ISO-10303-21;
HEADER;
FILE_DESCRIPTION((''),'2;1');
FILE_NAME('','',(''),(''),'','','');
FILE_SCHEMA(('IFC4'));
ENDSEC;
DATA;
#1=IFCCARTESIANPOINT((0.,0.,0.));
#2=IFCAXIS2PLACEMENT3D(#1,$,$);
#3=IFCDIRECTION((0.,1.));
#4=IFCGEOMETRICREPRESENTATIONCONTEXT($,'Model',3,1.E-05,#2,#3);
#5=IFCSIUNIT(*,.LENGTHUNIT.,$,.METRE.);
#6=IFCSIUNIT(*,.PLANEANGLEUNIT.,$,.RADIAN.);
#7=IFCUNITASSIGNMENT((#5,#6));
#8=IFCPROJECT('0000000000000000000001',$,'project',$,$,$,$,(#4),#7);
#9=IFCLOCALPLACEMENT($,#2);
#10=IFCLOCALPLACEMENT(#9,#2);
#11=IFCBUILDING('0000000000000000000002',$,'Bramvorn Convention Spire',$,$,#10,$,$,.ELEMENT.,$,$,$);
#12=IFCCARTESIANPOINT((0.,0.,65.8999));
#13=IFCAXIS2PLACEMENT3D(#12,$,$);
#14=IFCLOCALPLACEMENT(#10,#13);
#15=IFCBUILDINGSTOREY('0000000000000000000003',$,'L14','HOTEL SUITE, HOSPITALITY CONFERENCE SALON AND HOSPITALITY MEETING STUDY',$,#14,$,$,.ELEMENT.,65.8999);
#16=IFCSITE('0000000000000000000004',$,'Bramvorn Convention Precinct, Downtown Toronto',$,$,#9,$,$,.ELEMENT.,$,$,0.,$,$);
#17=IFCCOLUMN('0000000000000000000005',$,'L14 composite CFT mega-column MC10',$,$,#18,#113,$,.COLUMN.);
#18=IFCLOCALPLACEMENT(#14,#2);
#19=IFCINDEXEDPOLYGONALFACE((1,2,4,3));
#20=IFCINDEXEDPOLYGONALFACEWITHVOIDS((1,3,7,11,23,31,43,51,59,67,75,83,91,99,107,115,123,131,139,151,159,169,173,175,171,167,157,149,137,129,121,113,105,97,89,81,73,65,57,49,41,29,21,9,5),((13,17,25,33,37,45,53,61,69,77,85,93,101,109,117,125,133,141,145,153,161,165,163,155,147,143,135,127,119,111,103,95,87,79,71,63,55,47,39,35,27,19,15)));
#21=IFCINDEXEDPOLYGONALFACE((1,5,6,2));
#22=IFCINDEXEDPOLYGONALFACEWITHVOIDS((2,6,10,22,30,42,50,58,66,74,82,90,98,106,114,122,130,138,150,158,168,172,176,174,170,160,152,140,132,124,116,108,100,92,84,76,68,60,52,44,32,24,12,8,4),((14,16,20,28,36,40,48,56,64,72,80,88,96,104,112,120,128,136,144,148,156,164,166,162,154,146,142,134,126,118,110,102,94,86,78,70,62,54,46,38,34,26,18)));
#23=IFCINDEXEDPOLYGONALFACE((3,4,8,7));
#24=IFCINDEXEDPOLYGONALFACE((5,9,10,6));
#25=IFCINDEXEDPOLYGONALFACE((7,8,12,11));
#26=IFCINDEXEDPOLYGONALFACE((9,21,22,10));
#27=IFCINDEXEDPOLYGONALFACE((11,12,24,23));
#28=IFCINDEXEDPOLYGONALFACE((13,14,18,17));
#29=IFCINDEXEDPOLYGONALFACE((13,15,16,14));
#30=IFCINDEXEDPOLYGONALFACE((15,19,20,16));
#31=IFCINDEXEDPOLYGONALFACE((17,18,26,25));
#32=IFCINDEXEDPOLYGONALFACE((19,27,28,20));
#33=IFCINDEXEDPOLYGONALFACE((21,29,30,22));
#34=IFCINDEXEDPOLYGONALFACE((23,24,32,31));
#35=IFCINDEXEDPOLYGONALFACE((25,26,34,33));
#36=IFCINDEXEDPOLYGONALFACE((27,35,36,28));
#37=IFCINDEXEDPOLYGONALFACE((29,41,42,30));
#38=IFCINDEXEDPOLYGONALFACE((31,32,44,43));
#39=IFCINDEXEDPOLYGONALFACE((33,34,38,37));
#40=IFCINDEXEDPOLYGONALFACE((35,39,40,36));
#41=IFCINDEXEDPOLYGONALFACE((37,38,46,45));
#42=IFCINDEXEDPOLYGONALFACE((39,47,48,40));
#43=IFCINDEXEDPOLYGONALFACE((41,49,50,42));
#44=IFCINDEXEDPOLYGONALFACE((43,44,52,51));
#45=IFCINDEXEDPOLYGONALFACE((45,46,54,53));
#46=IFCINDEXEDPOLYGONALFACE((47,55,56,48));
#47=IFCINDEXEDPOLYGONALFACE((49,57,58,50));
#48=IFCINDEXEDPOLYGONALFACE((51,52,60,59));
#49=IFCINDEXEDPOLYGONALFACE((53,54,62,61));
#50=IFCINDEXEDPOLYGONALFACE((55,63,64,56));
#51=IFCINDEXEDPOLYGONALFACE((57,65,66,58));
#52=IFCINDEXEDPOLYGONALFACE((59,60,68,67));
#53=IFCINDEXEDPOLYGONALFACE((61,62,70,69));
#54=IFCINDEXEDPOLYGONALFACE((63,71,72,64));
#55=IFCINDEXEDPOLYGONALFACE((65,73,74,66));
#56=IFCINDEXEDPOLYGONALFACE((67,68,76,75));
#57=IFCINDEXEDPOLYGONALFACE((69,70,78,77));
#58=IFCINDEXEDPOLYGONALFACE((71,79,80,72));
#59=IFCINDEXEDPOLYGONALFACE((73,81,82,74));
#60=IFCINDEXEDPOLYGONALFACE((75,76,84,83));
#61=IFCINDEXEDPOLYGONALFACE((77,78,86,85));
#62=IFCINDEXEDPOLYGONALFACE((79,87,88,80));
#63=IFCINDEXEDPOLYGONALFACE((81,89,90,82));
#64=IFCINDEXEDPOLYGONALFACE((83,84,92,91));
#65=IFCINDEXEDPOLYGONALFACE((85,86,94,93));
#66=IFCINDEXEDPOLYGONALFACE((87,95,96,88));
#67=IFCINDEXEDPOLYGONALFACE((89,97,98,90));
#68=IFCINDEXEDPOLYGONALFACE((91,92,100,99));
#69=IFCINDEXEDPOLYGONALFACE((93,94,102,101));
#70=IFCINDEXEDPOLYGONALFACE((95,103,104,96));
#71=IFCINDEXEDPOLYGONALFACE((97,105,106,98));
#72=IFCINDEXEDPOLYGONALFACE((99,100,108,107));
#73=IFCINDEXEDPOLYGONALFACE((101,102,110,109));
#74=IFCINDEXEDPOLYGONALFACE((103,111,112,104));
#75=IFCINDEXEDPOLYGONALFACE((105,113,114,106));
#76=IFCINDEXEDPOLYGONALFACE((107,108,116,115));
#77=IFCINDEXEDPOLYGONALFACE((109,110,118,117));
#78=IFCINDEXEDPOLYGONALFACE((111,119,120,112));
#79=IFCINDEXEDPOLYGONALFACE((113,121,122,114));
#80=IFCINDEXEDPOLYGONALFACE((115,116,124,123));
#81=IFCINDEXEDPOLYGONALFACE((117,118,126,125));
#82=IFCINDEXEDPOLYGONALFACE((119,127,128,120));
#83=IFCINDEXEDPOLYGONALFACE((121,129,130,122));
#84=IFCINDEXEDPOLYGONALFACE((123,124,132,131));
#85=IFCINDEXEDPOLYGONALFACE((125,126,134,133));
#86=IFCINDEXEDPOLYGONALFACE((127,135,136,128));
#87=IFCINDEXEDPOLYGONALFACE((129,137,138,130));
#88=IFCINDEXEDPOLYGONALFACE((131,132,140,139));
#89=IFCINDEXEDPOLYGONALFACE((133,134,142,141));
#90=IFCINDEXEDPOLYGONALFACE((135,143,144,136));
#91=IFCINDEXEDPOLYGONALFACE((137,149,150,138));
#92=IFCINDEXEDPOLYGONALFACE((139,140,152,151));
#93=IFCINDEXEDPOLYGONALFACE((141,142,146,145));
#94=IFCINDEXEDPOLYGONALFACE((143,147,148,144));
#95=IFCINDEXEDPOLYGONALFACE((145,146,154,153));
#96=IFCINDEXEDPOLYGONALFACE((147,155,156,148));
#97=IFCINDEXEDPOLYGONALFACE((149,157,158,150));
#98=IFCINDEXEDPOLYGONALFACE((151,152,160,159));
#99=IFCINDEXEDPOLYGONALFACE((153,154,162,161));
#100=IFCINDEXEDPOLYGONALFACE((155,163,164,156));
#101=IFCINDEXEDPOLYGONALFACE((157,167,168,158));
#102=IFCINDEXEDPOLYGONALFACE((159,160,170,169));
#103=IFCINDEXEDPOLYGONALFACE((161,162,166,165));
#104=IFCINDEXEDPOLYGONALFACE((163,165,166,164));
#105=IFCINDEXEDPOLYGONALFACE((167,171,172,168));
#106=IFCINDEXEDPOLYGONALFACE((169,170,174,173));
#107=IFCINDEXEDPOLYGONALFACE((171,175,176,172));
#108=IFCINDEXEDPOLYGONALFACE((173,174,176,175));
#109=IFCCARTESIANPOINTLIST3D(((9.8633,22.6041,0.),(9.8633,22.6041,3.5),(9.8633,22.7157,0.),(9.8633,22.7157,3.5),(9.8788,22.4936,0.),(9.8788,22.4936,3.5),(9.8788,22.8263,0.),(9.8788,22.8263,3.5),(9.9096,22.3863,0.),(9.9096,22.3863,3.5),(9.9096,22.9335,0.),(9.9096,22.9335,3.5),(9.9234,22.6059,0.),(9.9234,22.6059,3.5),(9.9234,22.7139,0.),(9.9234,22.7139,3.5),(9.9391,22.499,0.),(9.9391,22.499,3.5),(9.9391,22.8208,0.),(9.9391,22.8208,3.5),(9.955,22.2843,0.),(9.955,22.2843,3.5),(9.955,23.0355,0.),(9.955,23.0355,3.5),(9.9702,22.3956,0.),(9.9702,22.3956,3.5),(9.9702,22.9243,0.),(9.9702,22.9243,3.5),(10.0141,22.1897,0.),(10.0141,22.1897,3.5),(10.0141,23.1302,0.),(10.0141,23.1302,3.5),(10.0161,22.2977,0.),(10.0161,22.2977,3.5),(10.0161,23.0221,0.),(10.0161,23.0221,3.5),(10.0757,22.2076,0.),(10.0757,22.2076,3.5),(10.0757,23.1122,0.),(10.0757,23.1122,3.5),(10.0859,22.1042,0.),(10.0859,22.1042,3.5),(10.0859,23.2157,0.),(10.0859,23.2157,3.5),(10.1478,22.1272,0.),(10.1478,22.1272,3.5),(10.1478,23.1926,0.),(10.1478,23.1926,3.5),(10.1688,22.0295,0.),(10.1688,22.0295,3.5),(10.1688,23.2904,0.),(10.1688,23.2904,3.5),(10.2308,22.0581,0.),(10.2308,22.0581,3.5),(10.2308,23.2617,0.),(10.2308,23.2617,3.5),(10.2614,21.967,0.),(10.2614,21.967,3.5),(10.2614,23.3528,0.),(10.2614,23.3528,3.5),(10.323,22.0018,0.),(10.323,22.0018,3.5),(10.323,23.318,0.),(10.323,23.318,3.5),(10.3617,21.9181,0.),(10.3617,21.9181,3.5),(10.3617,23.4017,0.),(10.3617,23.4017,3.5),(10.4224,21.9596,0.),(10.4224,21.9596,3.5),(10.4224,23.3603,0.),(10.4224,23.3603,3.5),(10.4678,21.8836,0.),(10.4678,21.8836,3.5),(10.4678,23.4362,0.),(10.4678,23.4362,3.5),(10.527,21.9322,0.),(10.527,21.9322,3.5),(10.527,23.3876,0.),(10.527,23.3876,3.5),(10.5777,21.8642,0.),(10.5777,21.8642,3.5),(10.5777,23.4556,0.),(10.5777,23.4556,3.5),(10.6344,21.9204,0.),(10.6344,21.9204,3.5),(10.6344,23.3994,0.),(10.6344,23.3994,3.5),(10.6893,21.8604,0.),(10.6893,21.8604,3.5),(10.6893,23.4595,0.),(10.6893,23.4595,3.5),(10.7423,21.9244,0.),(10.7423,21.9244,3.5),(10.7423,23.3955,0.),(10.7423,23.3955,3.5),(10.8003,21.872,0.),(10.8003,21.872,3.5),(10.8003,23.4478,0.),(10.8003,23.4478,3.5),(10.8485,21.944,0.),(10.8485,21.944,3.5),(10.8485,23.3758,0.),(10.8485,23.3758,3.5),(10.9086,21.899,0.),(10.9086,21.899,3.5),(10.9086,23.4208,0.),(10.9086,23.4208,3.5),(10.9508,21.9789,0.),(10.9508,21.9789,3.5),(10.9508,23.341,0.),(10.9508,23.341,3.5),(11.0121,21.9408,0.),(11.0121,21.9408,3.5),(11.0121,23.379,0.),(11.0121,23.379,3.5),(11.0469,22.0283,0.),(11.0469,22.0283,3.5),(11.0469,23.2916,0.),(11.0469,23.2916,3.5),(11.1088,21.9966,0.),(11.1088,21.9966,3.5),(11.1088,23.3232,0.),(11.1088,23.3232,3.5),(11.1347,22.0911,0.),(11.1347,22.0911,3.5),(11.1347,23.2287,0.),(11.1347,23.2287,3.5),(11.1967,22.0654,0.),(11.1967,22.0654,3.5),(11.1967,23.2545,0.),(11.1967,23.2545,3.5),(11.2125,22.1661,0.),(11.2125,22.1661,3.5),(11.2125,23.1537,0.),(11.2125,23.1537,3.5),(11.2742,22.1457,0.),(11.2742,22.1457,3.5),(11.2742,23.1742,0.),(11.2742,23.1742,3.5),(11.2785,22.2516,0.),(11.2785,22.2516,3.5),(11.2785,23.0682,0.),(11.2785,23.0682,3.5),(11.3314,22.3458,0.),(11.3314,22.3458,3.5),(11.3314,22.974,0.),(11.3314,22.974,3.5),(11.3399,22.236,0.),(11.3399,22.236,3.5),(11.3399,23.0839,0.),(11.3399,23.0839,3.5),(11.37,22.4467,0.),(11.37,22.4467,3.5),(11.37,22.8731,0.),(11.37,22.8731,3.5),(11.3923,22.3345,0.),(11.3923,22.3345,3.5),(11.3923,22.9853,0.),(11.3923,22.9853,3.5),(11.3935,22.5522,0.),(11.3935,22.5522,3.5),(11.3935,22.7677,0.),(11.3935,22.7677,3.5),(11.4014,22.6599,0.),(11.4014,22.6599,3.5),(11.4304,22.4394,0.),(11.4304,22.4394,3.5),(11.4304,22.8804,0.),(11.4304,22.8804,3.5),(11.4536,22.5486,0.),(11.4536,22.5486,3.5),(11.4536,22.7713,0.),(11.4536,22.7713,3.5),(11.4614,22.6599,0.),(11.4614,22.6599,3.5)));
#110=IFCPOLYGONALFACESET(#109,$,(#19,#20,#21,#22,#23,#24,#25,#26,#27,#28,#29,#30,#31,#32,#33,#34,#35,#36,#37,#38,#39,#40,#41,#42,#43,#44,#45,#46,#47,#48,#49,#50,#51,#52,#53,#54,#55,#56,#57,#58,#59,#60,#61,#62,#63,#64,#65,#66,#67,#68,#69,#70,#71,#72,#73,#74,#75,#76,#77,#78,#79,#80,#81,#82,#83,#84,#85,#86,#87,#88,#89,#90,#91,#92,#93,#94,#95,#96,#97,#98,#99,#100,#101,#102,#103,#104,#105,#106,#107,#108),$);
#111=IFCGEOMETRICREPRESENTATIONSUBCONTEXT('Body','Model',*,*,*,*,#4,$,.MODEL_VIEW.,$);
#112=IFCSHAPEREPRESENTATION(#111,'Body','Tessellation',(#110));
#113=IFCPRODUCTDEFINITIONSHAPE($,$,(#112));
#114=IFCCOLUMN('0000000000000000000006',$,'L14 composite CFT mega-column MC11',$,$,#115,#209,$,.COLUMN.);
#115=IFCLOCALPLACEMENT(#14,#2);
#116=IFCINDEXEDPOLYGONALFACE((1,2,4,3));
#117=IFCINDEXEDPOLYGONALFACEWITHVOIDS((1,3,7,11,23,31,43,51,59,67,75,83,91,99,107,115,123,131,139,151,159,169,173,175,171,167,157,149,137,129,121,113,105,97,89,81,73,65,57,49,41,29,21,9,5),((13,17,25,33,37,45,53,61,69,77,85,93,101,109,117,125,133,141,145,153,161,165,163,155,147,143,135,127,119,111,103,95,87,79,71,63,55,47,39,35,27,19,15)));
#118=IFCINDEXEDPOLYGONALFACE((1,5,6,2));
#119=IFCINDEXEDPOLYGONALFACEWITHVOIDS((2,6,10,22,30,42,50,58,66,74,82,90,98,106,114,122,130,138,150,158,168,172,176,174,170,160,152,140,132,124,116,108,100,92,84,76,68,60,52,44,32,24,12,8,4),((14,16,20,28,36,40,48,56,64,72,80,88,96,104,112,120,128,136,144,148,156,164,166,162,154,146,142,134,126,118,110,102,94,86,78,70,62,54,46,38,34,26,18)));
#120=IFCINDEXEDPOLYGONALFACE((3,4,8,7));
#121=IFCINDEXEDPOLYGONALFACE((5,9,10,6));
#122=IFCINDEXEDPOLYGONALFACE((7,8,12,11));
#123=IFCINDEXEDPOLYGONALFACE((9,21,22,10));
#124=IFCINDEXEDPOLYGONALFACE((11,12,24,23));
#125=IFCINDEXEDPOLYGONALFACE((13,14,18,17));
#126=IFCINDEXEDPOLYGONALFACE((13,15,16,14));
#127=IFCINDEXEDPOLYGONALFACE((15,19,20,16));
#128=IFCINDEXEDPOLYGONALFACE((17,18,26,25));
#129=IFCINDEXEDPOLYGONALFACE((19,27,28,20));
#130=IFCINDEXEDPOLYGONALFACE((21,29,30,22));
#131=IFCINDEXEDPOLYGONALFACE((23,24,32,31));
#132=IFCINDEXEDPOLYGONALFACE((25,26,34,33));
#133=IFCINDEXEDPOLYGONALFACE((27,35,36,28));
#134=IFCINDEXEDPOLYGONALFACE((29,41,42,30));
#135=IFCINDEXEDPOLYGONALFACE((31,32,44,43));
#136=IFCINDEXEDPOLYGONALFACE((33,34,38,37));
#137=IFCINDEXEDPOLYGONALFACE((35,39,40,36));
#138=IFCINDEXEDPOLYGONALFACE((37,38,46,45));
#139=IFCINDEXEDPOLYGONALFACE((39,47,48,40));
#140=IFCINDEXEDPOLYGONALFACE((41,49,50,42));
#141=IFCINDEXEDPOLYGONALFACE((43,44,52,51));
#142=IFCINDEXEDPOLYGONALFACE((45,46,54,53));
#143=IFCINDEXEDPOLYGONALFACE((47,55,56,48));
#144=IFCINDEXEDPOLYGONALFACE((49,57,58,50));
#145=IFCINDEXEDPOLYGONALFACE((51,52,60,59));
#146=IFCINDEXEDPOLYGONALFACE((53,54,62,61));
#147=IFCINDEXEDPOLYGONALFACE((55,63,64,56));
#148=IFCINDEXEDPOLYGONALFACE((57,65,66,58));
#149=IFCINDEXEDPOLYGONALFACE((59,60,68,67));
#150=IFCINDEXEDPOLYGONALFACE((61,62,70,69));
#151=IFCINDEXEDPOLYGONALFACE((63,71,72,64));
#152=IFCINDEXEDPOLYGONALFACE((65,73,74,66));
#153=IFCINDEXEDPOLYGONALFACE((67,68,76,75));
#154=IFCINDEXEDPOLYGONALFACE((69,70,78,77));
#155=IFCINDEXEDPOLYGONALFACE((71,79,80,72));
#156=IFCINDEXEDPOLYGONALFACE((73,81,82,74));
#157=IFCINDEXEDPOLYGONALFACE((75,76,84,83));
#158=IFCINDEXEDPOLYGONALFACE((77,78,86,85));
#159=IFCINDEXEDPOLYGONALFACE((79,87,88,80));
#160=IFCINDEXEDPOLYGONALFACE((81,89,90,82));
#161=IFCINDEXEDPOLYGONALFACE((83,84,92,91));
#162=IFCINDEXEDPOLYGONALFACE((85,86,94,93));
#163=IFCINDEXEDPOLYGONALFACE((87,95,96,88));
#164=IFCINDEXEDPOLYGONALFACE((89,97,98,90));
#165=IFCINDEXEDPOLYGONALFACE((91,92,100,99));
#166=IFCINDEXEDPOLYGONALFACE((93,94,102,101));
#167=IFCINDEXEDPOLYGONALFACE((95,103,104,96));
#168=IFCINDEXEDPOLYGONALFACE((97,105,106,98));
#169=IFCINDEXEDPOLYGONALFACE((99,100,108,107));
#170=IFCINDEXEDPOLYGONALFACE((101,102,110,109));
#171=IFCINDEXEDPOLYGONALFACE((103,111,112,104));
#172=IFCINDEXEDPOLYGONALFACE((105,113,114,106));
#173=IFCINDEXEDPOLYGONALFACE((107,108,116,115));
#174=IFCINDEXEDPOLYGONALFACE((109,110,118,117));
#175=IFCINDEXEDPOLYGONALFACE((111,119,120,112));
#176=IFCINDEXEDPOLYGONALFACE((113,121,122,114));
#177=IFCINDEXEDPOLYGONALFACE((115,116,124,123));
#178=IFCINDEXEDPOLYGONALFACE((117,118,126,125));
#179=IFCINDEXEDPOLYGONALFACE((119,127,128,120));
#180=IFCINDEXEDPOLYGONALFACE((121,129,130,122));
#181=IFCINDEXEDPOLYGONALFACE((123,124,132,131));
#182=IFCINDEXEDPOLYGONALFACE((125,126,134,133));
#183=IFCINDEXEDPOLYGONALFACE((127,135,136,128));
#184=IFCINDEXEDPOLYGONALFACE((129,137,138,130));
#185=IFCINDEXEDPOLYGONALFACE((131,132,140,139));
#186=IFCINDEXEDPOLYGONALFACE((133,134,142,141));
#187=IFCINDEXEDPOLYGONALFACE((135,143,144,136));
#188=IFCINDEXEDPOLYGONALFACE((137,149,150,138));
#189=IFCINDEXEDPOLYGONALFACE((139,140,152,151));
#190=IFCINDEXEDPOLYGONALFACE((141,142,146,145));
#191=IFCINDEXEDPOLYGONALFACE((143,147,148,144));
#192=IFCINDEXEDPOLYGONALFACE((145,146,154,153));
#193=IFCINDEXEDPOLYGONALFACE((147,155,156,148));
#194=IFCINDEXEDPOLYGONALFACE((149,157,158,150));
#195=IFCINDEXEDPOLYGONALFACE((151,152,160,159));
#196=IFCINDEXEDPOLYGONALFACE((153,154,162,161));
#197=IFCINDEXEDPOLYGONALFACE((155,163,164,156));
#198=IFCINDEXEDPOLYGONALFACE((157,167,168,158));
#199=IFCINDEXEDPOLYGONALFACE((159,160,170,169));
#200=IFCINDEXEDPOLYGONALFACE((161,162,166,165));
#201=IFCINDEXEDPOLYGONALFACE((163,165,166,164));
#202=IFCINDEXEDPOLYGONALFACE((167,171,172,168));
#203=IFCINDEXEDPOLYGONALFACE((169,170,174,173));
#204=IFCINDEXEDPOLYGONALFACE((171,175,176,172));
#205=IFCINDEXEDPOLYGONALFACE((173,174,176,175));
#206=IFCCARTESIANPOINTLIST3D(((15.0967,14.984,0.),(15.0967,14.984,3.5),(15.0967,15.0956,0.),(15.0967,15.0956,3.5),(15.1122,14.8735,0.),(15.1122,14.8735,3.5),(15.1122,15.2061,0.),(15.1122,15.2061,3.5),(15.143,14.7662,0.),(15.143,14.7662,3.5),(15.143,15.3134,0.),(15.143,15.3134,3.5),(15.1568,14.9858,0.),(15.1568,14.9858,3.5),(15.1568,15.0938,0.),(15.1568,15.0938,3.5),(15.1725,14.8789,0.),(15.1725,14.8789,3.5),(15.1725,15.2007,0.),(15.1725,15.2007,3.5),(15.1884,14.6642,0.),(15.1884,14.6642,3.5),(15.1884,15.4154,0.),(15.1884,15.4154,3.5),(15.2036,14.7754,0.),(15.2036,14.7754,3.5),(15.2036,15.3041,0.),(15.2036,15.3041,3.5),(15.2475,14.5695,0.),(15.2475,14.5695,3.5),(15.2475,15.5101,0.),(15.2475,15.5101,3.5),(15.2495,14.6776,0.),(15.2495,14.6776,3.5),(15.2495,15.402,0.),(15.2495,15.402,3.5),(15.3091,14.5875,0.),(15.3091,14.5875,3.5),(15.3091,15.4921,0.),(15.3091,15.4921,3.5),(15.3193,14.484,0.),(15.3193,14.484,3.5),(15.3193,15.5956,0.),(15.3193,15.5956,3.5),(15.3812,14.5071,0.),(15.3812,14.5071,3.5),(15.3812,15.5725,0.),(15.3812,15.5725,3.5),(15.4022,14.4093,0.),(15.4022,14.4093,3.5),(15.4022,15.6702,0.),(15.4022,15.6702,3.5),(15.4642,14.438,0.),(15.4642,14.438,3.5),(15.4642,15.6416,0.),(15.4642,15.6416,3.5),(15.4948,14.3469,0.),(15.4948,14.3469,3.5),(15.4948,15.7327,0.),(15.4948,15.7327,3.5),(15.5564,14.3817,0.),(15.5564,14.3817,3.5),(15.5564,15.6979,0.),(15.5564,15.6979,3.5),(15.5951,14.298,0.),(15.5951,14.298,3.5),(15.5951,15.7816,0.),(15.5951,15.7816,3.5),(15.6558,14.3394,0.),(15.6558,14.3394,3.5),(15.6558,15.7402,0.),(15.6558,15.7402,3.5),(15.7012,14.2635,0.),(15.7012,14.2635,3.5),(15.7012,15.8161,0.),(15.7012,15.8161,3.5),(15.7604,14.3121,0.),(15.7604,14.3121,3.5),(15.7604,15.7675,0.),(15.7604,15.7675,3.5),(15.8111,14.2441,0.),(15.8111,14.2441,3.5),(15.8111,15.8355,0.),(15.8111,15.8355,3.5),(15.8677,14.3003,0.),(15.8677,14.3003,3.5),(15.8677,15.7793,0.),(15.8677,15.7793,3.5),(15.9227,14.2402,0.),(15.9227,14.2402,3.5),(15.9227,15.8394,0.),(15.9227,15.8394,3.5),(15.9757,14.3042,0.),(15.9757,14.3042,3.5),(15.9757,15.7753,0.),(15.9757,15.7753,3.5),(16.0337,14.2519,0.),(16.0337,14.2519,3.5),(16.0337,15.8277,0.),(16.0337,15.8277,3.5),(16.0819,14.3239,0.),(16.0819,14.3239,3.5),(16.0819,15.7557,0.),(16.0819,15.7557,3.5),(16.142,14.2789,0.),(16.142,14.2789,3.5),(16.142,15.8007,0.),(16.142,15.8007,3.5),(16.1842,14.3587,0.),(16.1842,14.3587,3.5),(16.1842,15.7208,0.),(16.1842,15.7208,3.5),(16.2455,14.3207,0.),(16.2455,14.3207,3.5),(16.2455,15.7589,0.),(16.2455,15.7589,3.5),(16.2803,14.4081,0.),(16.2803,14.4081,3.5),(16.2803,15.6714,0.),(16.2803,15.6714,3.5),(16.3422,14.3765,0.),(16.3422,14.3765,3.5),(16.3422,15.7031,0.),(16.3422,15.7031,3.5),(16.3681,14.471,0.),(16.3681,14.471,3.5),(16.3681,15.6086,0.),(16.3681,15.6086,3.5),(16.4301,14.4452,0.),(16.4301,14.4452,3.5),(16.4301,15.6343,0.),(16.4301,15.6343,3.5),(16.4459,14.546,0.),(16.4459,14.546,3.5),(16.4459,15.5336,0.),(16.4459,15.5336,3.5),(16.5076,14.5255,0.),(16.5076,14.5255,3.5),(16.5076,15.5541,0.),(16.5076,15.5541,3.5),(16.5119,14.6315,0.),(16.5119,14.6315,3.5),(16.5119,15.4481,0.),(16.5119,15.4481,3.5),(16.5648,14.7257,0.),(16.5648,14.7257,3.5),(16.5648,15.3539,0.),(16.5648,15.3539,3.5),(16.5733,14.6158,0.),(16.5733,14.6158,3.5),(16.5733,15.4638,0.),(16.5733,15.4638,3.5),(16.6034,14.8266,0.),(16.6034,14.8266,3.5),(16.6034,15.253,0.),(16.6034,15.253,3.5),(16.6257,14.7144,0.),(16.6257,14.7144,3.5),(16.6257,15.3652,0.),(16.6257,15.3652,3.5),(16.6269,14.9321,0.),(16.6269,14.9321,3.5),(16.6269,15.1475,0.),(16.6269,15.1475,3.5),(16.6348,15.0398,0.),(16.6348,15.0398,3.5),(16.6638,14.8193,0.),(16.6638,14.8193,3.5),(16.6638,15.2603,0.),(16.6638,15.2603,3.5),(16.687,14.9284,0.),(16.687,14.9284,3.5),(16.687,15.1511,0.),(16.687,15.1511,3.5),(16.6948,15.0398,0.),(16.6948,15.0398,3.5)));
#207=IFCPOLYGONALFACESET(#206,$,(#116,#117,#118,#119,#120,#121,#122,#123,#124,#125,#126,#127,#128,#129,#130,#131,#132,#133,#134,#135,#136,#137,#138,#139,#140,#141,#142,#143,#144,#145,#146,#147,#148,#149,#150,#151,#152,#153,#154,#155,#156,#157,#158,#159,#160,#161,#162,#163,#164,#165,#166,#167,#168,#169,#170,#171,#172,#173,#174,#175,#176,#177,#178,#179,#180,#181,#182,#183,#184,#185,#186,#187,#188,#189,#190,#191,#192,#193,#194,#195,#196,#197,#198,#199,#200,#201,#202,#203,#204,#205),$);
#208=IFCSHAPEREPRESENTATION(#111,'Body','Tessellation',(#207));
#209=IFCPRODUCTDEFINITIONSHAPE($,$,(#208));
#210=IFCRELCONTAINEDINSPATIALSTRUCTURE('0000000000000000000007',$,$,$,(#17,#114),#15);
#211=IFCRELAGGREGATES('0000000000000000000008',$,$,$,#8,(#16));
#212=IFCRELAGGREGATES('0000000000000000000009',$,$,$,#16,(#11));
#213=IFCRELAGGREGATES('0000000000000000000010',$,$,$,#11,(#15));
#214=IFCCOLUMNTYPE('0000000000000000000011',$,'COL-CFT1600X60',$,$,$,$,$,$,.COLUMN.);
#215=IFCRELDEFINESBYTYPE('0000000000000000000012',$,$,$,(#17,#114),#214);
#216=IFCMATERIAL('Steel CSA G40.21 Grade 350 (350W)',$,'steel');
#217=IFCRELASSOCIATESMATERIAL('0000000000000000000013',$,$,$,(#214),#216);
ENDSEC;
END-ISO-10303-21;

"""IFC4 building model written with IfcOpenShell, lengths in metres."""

from ifc_helpers import new_model, si_unit, direction, frame, origin, origin_2d, place, context, subcontext, project, spatial, hollow_circle, extrude, material, material_profile, profile_set, type_object, element, save


model = new_model("IFC4")

# Units and contexts
model_context = context("Model", 3, precision=1e-05, world=origin(), true_north=direction((0.0, 1.0)))
body_context = subcontext(model_context, "Body", "Model", "MODEL_VIEW")
ifc_project = project(units=[si_unit("LENGTHUNIT", "METRE"), si_unit("PLANEANGLEUNIT", "RADIAN")], contexts=[model_context])

# Site, building, storey
site_placement = place(None, origin())
site = spatial("IfcSite", under=ifc_project, at=site_placement, Name="Bramvorn Convention Precinct, Downtown Toronto", CompositionType="ELEMENT", RefElevation=0.0)
building_placement = place(site_placement, origin())
building = spatial("IfcBuilding", under=site, at=building_placement, Name="Bramvorn Convention Spire", CompositionType="ELEMENT")
storey_placement = place(building_placement, frame((0.0, 0.0, 65.8999)))
storey = spatial("IfcBuildingStorey", under=building, at=storey_placement, Name="L14", Description="HOTEL SUITE, HOSPITALITY CONFERENCE SALON AND HOSPITALITY MEETING STUDY", CompositionType="ELEMENT", Elevation=65.8999)

# Columns
ifc_material_1 = material(Name="Steel CSA G40.21 Grade 350 (350W)", Category="steel")
ifc_material_profile_1 = material_profile(ifc_material_1, hollow_circle(Radius=0.8, WallThickness=0.0601, at=origin_2d()))
ifc_profile_set_1 = profile_set([ifc_material_profile_1], Name="Steel CSA G40.21 Grade 350 (350W) - CFT1600X60")
column_type = type_object("IfcColumnType", Name="COL-CFT1600X60", PredefinedType="COLUMN", material=ifc_profile_set_1)
for number, where, z_axis, x_axis, name in (
    (1, (10.6614, 22.6599, 0.0), (0.0, 0.0, 1.0), (1.0, 0.0, 0.0), "L14 composite CFT mega-column MC10"),
    (2, (15.8948, 15.0398, 0.0), (0.0, 0.0, 1.0), (1.0, 0.0, 0.0), "L14 composite CFT mega-column MC11"),
):
    element("IfcColumn", number, at=place(storey_placement, frame(where, z_axis=z_axis, x_axis=x_axis)), inside=storey, type_object=column_type, Name=name, PredefinedType="COLUMN", context=body_context, shape_type="SweptSolid", body=[
        extrude(hollow_circle(Radius=0.8, WallThickness=0.0601, at=origin_2d()), origin(), (0.0, 0.0, 1.0), 3.5),
    ])

save(model, "model.ifc")
